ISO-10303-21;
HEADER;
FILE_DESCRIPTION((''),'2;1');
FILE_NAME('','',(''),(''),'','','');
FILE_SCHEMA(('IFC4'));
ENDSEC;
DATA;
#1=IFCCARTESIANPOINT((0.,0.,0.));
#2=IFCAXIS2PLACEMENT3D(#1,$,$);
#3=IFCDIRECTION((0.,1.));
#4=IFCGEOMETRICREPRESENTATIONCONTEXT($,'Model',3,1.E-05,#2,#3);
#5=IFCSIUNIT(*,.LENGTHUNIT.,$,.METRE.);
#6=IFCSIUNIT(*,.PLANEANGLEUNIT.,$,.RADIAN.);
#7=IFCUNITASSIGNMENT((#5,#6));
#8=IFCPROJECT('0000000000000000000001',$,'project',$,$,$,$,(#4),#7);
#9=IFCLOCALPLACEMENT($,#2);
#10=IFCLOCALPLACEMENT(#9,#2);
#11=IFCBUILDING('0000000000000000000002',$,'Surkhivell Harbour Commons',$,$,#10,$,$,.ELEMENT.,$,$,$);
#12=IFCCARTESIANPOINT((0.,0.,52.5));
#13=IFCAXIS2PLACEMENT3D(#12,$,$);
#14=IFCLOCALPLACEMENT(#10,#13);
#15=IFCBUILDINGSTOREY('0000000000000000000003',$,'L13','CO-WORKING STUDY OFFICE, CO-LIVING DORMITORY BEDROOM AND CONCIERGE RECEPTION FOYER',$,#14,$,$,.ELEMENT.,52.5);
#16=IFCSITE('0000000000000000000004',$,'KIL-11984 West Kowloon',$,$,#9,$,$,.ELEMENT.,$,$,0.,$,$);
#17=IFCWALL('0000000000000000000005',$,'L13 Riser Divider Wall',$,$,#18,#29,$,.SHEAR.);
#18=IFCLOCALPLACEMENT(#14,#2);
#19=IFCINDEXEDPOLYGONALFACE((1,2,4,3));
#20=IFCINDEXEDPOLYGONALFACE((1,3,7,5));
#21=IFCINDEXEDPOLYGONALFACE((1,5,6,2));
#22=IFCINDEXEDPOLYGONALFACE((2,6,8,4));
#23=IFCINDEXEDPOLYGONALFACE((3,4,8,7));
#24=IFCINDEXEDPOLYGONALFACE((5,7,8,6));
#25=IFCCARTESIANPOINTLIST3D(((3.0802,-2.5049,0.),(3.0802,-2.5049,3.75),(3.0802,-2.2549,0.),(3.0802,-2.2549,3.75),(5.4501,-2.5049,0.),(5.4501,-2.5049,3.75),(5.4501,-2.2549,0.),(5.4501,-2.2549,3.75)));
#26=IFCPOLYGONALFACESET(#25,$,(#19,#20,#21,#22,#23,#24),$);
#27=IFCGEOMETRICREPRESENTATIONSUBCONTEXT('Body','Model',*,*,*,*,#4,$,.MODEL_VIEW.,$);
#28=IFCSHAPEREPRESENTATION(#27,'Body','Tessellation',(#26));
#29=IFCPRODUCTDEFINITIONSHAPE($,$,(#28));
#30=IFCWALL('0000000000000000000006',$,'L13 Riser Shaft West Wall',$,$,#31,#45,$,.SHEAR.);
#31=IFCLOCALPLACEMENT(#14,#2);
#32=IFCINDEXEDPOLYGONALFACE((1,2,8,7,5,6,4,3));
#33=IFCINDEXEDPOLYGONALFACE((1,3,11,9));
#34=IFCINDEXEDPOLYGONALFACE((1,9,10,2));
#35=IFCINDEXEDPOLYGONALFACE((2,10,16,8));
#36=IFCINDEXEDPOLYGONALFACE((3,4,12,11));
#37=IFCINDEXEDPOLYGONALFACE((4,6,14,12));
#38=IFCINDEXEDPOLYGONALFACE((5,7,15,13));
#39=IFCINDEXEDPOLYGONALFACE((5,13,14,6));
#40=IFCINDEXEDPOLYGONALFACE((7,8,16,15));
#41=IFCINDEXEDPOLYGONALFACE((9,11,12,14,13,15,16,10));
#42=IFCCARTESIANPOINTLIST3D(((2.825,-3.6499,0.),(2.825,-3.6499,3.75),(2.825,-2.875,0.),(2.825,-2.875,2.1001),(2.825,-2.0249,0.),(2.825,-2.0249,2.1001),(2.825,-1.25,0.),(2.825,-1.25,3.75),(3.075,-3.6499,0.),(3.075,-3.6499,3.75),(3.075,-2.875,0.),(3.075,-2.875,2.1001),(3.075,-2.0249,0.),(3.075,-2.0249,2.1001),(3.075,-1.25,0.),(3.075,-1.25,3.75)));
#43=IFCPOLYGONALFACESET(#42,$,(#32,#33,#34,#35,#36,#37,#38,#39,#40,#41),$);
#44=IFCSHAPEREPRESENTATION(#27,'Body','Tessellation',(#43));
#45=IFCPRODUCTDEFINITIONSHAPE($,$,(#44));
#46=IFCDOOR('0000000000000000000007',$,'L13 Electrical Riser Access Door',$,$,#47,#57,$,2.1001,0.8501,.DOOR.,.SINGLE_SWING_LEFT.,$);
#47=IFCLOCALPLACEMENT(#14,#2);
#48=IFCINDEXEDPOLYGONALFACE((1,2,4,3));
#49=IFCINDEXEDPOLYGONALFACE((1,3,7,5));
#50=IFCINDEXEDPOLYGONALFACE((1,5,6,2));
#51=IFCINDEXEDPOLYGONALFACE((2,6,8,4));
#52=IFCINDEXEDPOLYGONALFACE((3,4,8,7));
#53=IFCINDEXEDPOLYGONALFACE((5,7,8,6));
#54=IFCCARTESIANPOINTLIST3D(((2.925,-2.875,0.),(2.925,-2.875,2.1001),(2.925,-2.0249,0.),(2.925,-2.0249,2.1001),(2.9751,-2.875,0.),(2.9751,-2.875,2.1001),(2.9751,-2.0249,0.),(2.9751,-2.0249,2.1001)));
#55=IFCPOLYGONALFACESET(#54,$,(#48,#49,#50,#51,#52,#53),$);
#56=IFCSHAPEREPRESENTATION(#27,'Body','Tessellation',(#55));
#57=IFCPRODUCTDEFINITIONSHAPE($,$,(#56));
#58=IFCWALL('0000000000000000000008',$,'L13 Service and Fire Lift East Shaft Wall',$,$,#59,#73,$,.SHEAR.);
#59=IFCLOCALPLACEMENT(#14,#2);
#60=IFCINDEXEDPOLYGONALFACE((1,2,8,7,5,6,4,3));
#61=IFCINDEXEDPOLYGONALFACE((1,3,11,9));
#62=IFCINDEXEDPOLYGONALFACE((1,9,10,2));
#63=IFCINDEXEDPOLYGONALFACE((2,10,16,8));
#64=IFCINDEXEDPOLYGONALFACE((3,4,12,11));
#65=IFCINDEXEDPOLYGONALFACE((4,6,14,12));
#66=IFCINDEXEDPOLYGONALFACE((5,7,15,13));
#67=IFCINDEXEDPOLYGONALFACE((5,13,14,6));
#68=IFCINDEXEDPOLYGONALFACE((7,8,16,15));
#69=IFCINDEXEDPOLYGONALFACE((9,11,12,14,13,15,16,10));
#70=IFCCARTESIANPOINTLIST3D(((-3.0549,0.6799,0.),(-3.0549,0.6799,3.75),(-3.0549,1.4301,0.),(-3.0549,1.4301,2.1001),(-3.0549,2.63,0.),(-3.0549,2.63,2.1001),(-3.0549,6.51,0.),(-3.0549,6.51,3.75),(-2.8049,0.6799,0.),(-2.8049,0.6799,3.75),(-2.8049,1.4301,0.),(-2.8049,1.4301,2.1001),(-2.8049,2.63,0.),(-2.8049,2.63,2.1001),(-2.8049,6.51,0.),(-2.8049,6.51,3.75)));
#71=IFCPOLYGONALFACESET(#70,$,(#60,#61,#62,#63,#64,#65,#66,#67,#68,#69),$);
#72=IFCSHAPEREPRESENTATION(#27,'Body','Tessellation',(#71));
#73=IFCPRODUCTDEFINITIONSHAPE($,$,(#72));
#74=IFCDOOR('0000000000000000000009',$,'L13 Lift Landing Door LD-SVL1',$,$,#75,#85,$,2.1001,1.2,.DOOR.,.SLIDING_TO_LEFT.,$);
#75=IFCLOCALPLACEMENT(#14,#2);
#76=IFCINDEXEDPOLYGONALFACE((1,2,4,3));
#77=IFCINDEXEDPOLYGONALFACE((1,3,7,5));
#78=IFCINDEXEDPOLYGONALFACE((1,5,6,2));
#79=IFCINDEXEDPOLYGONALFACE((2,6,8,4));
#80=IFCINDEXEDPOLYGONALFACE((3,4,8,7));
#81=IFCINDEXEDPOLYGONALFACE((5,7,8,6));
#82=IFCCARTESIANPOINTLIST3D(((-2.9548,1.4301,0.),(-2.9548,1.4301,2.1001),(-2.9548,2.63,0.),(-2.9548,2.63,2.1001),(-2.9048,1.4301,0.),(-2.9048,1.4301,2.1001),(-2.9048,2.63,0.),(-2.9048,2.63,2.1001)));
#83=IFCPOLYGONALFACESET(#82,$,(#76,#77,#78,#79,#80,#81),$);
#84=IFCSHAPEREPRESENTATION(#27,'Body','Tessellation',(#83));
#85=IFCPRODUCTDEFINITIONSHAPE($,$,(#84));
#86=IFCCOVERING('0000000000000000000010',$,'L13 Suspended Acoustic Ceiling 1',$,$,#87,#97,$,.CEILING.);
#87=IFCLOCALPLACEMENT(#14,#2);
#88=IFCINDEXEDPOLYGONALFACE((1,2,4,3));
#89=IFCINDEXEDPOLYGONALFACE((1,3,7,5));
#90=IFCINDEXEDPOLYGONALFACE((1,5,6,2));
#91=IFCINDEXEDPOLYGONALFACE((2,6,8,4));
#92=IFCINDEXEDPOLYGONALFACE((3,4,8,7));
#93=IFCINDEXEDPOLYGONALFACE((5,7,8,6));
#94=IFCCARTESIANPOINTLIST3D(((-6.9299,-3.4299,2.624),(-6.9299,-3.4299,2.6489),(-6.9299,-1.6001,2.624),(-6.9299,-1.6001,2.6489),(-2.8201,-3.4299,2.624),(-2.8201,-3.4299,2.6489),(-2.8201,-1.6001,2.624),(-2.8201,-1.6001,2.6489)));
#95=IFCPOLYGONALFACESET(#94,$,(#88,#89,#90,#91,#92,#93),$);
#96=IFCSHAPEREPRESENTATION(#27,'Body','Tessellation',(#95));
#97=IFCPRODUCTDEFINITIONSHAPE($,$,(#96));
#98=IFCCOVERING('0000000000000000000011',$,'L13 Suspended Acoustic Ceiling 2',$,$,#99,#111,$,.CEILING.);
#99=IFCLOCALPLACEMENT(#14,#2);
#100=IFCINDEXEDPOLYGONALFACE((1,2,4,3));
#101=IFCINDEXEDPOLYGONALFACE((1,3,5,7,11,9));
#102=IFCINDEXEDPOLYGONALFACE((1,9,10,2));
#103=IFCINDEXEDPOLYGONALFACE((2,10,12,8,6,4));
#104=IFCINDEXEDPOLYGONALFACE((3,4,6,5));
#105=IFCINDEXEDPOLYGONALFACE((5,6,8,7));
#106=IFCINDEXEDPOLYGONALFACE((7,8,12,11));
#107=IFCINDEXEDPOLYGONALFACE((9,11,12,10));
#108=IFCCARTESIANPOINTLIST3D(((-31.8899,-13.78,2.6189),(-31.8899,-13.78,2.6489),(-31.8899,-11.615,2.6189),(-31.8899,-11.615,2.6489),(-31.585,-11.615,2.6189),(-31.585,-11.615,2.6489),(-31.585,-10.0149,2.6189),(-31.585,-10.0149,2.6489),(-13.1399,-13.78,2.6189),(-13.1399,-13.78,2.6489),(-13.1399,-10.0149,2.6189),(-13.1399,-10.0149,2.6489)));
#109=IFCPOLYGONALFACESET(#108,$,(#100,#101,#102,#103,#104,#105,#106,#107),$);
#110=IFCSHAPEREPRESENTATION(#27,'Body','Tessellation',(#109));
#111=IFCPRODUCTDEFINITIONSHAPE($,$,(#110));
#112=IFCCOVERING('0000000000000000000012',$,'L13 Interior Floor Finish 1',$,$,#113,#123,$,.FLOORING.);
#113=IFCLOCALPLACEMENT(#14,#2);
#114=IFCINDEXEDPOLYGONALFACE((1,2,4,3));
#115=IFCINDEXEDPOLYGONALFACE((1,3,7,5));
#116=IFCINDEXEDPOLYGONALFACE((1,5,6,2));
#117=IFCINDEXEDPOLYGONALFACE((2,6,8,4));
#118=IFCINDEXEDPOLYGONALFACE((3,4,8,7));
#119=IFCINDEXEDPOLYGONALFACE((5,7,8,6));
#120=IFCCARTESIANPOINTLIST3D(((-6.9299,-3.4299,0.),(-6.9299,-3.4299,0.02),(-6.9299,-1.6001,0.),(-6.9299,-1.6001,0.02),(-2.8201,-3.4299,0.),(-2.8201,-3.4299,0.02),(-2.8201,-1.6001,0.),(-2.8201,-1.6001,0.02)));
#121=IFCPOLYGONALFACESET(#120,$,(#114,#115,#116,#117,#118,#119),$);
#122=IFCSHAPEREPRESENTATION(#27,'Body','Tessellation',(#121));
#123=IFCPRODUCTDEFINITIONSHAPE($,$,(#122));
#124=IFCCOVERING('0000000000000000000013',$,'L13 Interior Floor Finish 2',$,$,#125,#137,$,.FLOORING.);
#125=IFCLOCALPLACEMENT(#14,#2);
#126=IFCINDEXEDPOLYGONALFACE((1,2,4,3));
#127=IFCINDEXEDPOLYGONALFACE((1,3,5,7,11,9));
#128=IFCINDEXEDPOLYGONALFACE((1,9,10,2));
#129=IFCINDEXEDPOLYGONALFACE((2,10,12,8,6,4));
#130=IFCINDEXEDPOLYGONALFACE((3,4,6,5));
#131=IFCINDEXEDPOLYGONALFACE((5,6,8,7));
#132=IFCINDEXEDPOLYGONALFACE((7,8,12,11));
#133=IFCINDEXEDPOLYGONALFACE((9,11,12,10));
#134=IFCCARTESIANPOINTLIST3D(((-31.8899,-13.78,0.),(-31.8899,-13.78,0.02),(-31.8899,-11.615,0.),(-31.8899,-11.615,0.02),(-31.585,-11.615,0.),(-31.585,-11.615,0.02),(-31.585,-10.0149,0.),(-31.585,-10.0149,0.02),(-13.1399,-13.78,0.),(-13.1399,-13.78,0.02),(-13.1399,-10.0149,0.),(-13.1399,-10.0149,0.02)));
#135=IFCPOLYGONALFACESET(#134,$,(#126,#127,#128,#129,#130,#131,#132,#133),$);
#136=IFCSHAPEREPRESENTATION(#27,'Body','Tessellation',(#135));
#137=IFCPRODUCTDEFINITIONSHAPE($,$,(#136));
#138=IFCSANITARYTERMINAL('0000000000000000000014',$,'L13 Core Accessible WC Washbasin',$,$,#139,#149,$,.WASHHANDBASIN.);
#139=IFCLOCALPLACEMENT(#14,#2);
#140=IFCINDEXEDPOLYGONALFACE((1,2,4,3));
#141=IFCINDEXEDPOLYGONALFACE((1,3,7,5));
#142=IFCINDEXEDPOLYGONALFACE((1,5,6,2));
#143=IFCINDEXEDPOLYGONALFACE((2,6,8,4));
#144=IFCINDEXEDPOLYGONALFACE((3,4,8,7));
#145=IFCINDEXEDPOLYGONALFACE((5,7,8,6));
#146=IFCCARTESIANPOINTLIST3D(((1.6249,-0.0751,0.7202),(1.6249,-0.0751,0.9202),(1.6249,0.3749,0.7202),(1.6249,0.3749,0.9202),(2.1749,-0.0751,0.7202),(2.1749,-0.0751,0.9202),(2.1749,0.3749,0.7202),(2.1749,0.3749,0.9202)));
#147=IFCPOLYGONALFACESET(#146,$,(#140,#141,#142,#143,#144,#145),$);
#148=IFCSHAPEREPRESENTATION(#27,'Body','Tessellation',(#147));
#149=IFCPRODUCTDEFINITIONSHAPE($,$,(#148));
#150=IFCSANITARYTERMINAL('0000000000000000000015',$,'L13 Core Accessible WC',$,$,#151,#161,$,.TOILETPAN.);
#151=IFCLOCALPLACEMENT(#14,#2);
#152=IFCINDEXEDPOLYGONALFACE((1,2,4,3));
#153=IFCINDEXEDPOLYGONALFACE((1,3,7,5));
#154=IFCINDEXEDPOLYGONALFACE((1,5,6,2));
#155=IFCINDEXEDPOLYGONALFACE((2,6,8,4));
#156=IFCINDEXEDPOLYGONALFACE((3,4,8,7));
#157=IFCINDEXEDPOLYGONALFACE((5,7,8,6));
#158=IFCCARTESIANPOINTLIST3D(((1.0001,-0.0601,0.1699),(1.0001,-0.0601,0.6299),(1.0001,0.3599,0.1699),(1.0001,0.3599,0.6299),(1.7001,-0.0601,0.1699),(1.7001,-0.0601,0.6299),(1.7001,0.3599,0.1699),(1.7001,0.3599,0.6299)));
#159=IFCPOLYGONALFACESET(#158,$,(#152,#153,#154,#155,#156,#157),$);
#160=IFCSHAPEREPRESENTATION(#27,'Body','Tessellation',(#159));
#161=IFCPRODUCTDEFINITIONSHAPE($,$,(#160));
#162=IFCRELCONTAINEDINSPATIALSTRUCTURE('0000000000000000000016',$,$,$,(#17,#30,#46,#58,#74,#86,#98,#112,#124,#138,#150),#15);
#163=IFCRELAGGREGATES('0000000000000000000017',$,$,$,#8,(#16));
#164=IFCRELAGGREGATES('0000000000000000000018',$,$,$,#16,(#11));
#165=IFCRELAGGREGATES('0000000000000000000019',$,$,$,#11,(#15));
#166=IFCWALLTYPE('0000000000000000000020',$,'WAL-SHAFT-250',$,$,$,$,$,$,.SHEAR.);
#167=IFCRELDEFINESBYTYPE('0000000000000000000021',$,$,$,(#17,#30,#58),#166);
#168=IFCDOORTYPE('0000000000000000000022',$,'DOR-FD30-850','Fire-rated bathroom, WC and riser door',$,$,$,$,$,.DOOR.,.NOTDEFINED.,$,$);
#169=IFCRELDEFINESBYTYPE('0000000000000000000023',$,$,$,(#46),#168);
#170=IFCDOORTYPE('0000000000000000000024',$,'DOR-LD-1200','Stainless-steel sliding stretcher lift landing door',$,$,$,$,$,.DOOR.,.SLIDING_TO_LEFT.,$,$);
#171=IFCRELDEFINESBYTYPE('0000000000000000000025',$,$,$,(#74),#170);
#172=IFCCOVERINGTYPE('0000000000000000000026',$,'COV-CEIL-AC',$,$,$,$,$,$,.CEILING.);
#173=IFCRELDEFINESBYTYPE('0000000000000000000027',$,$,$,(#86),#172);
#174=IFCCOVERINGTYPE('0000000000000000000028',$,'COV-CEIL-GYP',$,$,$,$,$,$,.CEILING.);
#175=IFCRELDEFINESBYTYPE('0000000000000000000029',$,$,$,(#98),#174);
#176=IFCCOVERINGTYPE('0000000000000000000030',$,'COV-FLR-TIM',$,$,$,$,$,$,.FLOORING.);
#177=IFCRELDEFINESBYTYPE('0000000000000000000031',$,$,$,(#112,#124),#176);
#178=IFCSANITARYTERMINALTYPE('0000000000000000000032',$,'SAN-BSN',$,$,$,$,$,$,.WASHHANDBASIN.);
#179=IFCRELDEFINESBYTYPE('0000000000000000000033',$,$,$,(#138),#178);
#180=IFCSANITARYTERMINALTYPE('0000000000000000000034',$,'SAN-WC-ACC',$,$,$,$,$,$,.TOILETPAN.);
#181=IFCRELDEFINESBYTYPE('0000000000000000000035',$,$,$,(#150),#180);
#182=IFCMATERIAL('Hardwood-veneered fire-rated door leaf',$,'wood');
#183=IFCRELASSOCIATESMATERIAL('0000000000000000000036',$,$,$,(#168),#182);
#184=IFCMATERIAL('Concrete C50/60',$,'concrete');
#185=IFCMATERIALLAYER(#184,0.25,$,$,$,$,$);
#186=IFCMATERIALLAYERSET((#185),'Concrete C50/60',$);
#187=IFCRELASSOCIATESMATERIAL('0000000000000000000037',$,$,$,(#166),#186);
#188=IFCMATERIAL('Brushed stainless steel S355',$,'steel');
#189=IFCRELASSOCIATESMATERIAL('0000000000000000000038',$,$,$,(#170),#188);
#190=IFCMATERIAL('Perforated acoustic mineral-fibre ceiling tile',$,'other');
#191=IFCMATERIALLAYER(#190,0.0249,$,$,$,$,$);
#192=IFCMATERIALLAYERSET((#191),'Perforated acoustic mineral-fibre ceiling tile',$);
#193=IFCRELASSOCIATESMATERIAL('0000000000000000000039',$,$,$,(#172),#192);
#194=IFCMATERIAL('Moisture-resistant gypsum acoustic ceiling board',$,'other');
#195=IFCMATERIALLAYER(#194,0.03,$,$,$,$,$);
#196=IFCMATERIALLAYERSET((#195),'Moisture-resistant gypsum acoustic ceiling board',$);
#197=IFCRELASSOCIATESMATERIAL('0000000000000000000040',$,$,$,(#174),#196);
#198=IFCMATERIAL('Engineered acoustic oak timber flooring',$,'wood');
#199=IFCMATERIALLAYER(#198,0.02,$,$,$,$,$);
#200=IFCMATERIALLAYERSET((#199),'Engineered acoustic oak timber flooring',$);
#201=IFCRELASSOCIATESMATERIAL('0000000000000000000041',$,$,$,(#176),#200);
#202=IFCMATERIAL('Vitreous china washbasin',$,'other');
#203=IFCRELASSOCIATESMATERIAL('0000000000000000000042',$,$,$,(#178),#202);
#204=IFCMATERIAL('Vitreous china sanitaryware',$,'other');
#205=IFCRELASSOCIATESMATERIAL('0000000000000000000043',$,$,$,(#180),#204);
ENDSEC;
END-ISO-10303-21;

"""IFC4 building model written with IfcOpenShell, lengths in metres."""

from ifc_helpers import new_model, si_unit, direction, frame, frame_2d, origin, origin_2d, place, context, subcontext, project, spatial, polyline, rectangle, outline, extrude, material, layer, layer_set, type_object, element, fill, save


model = new_model("IFC4")

# Units and contexts
model_context = context("Model", 3, precision=1e-05, world=origin(), true_north=direction((0.0, 1.0)))
body_context = subcontext(model_context, "Body", "Model", "MODEL_VIEW")
ifc_project = project(units=[si_unit("LENGTHUNIT", "METRE"), si_unit("PLANEANGLEUNIT", "RADIAN")], contexts=[model_context])

# Site, building, storey
site_placement = place(None, origin())
site = spatial("IfcSite", under=ifc_project, at=site_placement, Name="KIL-11984 West Kowloon", CompositionType="ELEMENT", RefElevation=0.0)
building_placement = place(site_placement, origin())
building = spatial("IfcBuilding", under=site, at=building_placement, Name="Surkhivell Harbour Commons", CompositionType="ELEMENT")
storey_placement = place(building_placement, frame((0.0, 0.0, 52.5)))
storey = spatial("IfcBuildingStorey", under=building, at=storey_placement, Name="L13", Description="CO-WORKING STUDY OFFICE, CO-LIVING DORMITORY BEDROOM AND CONCIERGE RECEPTION FOYER", CompositionType="ELEMENT", Elevation=52.5)

# Shared definitions
ifc_material_1 = material(Name="Hardwood-veneered fire-rated door leaf", Category="wood")
door_type_1 = type_object("IfcDoorType", Name="DOR-FD30-850", Description="Fire-rated bathroom, WC and riser door", OperationType="NOTDEFINED", PredefinedType="DOOR", material=ifc_material_1)

# Wall
ifc_material_2 = material(Name="Concrete C50/60", Category="concrete")
ifc_layer_1 = layer(ifc_material_2, 0.25)
ifc_layer_set_1 = layer_set([ifc_layer_1], Name="Concrete C50/60")
wall_type_1 = type_object("IfcWallType", Name="WAL-SHAFT-250", PredefinedType="SHEAR", material=ifc_layer_set_1)
wall_1_placement = place(storey_placement, frame((3.0801, -2.3799, 0.0), z_axis=(0.0, 0.0, 1.0), x_axis=(1.0, 0.0, 0.0)))
element("IfcWall", 1, at=wall_1_placement, inside=storey, type_object=wall_type_1, Name="L13 Riser Divider Wall", PredefinedType="SHEAR", context=body_context, shape_type="SweptSolid", body=[
    extrude(rectangle(XDim=2.3699, YDim=0.25, at=frame_2d((1.1851, 0.0))), origin(), (0.0, 0.0, 1.0), 3.75),
])

# Walls, openings, doors
wall_2_placement = place(storey_placement, frame((2.95, -3.6499, 0.0), z_axis=(0.0, 0.0, 1.0), x_axis=(0.0, 1.0, 0.0)))
wall_2 = element("IfcWall", 2, at=wall_2_placement, inside=storey, type_object=wall_type_1, Name="L13 Riser Shaft West Wall", PredefinedType="SHEAR", context=body_context, shape_type="SweptSolid", body=[
    extrude(rectangle(XDim=2.3999, YDim=0.25, at=frame_2d((1.2, 0.0))), origin(), (0.0, 0.0, 1.0), 3.75),
])
opening_1_placement = place(wall_2_placement, frame((0.7749, 0.0, 0.0)))
opening_1 = element("IfcOpeningElement", 3, at=opening_1_placement, cuts=wall_2, PredefinedType="OPENING", context=body_context, shape_type="SweptSolid", body=[
    extrude(rectangle(XDim=0.8501, YDim=2.1001, at=frame_2d((0.425, 1.05))), frame((0.0, 0.135, 0.0), z_axis=(0.0, -1.0, 0.0), x_axis=(1.0, 0.0, 0.0)), (0.0, 0.0, 1.0), 0.27),
])
door_1_placement = place(opening_1_placement, origin())
door_1 = element("IfcDoor", 4, at=door_1_placement, inside=storey, type_object=door_type_1, Name="L13 Electrical Riser Access Door", OperationType="SINGLE_SWING_LEFT", OverallHeight=2.1001, OverallWidth=0.8501, PredefinedType="DOOR", context=body_context, shape_type="SweptSolid", body=[
    extrude(rectangle(XDim=0.8501, YDim=2.1001, at=frame_2d((0.425, 1.05))), frame((0.0, 0.0249, 0.0), z_axis=(0.0, -1.0, 0.0), x_axis=(1.0, 0.0, 0.0)), (0.0, 0.0, 1.0), 0.05),
])
fill(opening_1, door_1)
wall_3_placement = place(storey_placement, frame((-2.9299, 0.6799, 0.0), z_axis=(0.0, 0.0, 1.0), x_axis=(0.0, 1.0, 0.0)))
wall_3 = element("IfcWall", 5, at=wall_3_placement, inside=storey, type_object=wall_type_1, Name="L13 Service and Fire Lift East Shaft Wall", PredefinedType="SHEAR", context=body_context, shape_type="SweptSolid", body=[
    extrude(rectangle(XDim=5.8301, YDim=0.25, at=frame_2d((2.915, 0.0))), origin(), (0.0, 0.0, 1.0), 3.75),
])
opening_2_placement = place(wall_3_placement, frame((0.75, 0.0, 0.0)))
opening_2 = element("IfcOpeningElement", 6, at=opening_2_placement, cuts=wall_3, PredefinedType="OPENING", context=body_context, shape_type="SweptSolid", body=[
    extrude(rectangle(XDim=1.2, YDim=2.1001, at=frame_2d((0.6001, 1.05))), frame((0.0, 0.135, 0.0), z_axis=(0.0, -1.0, 0.0), x_axis=(1.0, 0.0, 0.0)), (0.0, 0.0, 1.0), 0.27),
])
ifc_material_3 = material(Name="Brushed stainless steel S355", Category="steel")
door_type_2 = type_object("IfcDoorType", Name="DOR-LD-1200", Description="Stainless-steel sliding stretcher lift landing door", OperationType="SLIDING_TO_LEFT", PredefinedType="DOOR", material=ifc_material_3)
door_2_placement = place(opening_2_placement, origin())
door_2 = element("IfcDoor", 7, at=door_2_placement, inside=storey, type_object=door_type_2, Name="L13 Lift Landing Door LD-SVL1", OperationType="SLIDING_TO_LEFT", OverallHeight=2.1001, OverallWidth=1.2, PredefinedType="DOOR", context=body_context, shape_type="SweptSolid", body=[
    extrude(rectangle(XDim=1.2, YDim=2.1001, at=frame_2d((0.6001, 1.05))), frame((0.0, 0.0249, 0.0), z_axis=(0.0, -1.0, 0.0), x_axis=(1.0, 0.0, 0.0)), (0.0, 0.0, 1.0), 0.05),
])
fill(opening_2, door_2)

# Coverings
ifc_material_4 = material(Name="Perforated acoustic mineral-fibre ceiling tile", Category="other")
ifc_layer_2 = layer(ifc_material_4, 0.0249)
ifc_layer_set_2 = layer_set([ifc_layer_2], Name="Perforated acoustic mineral-fibre ceiling tile")
covering_type_1 = type_object("IfcCoveringType", Name="COV-CEIL-AC", PredefinedType="CEILING", material=ifc_layer_set_2)
covering_1_placement = place(storey_placement, frame((0.0, 0.0, 2.624)))
element("IfcCovering", 8, at=covering_1_placement, inside=storey, type_object=covering_type_1, Name="L13 Suspended Acoustic Ceiling 1", PredefinedType="CEILING", context=body_context, shape_type="SweptSolid", body=[
    extrude(outline(polyline([(-6.9299, -3.4299), (-2.8201, -3.4299), (-2.8201, -1.6001), (-6.9299, -1.6001), (-6.9299, -3.4299)])), origin(), (0.0, 0.0, 1.0), 0.0249),
])
ifc_material_5 = material(Name="Moisture-resistant gypsum acoustic ceiling board", Category="other")
ifc_layer_3 = layer(ifc_material_5, 0.03)
ifc_layer_set_3 = layer_set([ifc_layer_3], Name="Moisture-resistant gypsum acoustic ceiling board")
covering_type_2 = type_object("IfcCoveringType", Name="COV-CEIL-GYP", PredefinedType="CEILING", material=ifc_layer_set_3)
covering_2_placement = place(storey_placement, frame((0.0, 0.0, 2.6189)))
element("IfcCovering", 9, at=covering_2_placement, inside=storey, type_object=covering_type_2, Name="L13 Suspended Acoustic Ceiling 2", PredefinedType="CEILING", context=body_context, shape_type="SweptSolid", body=[
    extrude(outline(polyline([(-31.585, -10.0149), (-31.585, -11.615), (-31.8899, -11.615), (-31.8899, -13.78), (-13.1399, -13.78), (-13.1399, -10.0149), (-31.585, -10.0149)])), origin(), (0.0, 0.0, 1.0), 0.03),
])
ifc_material_6 = material(Name="Engineered acoustic oak timber flooring", Category="wood")
ifc_layer_4 = layer(ifc_material_6, 0.02)
ifc_layer_set_4 = layer_set([ifc_layer_4], Name="Engineered acoustic oak timber flooring")
covering_type_3 = type_object("IfcCoveringType", Name="COV-FLR-TIM", PredefinedType="FLOORING", material=ifc_layer_set_4)
covering_3_placement = place(storey_placement, origin())
element("IfcCovering", 10, at=covering_3_placement, inside=storey, type_object=covering_type_3, Name="L13 Interior Floor Finish 1", PredefinedType="FLOORING", context=body_context, shape_type="SweptSolid", body=[
    extrude(outline(polyline([(-6.9299, -3.4299), (-2.8201, -3.4299), (-2.8201, -1.6001), (-6.9299, -1.6001), (-6.9299, -3.4299)])), origin(), (0.0, 0.0, 1.0), 0.02),
])
covering_4_placement = place(storey_placement, origin())
element("IfcCovering", 11, at=covering_4_placement, inside=storey, type_object=covering_type_3, Name="L13 Interior Floor Finish 2", PredefinedType="FLOORING", context=body_context, shape_type="SweptSolid", body=[
    extrude(outline(polyline([(-31.585, -10.0149), (-31.585, -11.615), (-31.8899, -11.615), (-31.8899, -13.78), (-13.1399, -13.78), (-13.1399, -10.0149), (-31.585, -10.0149)])), origin(), (0.0, 0.0, 1.0), 0.02),
])

# Sanitary terminals
ifc_material_7 = material(Name="Vitreous china washbasin", Category="other")
sanitary_terminal_type_1 = type_object("IfcSanitaryTerminalType", Name="SAN-BSN", PredefinedType="WASHHANDBASIN", material=ifc_material_7)
sanitary_terminal_1_placement = place(storey_placement, frame((1.8999, 0.1499, 0.7202), z_axis=(0.0, 0.0, 1.0), x_axis=(1.0, 0.0, 0.0)))
element("IfcSanitaryTerminal", 12, at=sanitary_terminal_1_placement, inside=storey, type_object=sanitary_terminal_type_1, Name="L13 Core Accessible WC Washbasin", PredefinedType="WASHHANDBASIN", context=body_context, shape_type="SweptSolid", body=[
    extrude(rectangle(XDim=0.55, YDim=0.45, at=origin_2d()), origin(), (0.0, 0.0, 1.0), 0.2),
])
ifc_material_8 = material(Name="Vitreous china sanitaryware", Category="other")
sanitary_terminal_type_2 = type_object("IfcSanitaryTerminalType", Name="SAN-WC-ACC", PredefinedType="TOILETPAN", material=ifc_material_8)
sanitary_terminal_2_placement = place(storey_placement, frame((1.3501, 0.1499, 0.1699), z_axis=(0.0, 0.0, 1.0), x_axis=(1.0, 0.0, 0.0)))
element("IfcSanitaryTerminal", 13, at=sanitary_terminal_2_placement, inside=storey, type_object=sanitary_terminal_type_2, Name="L13 Core Accessible WC", PredefinedType="TOILETPAN", context=body_context, shape_type="SweptSolid", body=[
    extrude(rectangle(XDim=0.7, YDim=0.4199, at=origin_2d()), origin(), (0.0, 0.0, 1.0), 0.46),
])

save(model, "model.ifc")
